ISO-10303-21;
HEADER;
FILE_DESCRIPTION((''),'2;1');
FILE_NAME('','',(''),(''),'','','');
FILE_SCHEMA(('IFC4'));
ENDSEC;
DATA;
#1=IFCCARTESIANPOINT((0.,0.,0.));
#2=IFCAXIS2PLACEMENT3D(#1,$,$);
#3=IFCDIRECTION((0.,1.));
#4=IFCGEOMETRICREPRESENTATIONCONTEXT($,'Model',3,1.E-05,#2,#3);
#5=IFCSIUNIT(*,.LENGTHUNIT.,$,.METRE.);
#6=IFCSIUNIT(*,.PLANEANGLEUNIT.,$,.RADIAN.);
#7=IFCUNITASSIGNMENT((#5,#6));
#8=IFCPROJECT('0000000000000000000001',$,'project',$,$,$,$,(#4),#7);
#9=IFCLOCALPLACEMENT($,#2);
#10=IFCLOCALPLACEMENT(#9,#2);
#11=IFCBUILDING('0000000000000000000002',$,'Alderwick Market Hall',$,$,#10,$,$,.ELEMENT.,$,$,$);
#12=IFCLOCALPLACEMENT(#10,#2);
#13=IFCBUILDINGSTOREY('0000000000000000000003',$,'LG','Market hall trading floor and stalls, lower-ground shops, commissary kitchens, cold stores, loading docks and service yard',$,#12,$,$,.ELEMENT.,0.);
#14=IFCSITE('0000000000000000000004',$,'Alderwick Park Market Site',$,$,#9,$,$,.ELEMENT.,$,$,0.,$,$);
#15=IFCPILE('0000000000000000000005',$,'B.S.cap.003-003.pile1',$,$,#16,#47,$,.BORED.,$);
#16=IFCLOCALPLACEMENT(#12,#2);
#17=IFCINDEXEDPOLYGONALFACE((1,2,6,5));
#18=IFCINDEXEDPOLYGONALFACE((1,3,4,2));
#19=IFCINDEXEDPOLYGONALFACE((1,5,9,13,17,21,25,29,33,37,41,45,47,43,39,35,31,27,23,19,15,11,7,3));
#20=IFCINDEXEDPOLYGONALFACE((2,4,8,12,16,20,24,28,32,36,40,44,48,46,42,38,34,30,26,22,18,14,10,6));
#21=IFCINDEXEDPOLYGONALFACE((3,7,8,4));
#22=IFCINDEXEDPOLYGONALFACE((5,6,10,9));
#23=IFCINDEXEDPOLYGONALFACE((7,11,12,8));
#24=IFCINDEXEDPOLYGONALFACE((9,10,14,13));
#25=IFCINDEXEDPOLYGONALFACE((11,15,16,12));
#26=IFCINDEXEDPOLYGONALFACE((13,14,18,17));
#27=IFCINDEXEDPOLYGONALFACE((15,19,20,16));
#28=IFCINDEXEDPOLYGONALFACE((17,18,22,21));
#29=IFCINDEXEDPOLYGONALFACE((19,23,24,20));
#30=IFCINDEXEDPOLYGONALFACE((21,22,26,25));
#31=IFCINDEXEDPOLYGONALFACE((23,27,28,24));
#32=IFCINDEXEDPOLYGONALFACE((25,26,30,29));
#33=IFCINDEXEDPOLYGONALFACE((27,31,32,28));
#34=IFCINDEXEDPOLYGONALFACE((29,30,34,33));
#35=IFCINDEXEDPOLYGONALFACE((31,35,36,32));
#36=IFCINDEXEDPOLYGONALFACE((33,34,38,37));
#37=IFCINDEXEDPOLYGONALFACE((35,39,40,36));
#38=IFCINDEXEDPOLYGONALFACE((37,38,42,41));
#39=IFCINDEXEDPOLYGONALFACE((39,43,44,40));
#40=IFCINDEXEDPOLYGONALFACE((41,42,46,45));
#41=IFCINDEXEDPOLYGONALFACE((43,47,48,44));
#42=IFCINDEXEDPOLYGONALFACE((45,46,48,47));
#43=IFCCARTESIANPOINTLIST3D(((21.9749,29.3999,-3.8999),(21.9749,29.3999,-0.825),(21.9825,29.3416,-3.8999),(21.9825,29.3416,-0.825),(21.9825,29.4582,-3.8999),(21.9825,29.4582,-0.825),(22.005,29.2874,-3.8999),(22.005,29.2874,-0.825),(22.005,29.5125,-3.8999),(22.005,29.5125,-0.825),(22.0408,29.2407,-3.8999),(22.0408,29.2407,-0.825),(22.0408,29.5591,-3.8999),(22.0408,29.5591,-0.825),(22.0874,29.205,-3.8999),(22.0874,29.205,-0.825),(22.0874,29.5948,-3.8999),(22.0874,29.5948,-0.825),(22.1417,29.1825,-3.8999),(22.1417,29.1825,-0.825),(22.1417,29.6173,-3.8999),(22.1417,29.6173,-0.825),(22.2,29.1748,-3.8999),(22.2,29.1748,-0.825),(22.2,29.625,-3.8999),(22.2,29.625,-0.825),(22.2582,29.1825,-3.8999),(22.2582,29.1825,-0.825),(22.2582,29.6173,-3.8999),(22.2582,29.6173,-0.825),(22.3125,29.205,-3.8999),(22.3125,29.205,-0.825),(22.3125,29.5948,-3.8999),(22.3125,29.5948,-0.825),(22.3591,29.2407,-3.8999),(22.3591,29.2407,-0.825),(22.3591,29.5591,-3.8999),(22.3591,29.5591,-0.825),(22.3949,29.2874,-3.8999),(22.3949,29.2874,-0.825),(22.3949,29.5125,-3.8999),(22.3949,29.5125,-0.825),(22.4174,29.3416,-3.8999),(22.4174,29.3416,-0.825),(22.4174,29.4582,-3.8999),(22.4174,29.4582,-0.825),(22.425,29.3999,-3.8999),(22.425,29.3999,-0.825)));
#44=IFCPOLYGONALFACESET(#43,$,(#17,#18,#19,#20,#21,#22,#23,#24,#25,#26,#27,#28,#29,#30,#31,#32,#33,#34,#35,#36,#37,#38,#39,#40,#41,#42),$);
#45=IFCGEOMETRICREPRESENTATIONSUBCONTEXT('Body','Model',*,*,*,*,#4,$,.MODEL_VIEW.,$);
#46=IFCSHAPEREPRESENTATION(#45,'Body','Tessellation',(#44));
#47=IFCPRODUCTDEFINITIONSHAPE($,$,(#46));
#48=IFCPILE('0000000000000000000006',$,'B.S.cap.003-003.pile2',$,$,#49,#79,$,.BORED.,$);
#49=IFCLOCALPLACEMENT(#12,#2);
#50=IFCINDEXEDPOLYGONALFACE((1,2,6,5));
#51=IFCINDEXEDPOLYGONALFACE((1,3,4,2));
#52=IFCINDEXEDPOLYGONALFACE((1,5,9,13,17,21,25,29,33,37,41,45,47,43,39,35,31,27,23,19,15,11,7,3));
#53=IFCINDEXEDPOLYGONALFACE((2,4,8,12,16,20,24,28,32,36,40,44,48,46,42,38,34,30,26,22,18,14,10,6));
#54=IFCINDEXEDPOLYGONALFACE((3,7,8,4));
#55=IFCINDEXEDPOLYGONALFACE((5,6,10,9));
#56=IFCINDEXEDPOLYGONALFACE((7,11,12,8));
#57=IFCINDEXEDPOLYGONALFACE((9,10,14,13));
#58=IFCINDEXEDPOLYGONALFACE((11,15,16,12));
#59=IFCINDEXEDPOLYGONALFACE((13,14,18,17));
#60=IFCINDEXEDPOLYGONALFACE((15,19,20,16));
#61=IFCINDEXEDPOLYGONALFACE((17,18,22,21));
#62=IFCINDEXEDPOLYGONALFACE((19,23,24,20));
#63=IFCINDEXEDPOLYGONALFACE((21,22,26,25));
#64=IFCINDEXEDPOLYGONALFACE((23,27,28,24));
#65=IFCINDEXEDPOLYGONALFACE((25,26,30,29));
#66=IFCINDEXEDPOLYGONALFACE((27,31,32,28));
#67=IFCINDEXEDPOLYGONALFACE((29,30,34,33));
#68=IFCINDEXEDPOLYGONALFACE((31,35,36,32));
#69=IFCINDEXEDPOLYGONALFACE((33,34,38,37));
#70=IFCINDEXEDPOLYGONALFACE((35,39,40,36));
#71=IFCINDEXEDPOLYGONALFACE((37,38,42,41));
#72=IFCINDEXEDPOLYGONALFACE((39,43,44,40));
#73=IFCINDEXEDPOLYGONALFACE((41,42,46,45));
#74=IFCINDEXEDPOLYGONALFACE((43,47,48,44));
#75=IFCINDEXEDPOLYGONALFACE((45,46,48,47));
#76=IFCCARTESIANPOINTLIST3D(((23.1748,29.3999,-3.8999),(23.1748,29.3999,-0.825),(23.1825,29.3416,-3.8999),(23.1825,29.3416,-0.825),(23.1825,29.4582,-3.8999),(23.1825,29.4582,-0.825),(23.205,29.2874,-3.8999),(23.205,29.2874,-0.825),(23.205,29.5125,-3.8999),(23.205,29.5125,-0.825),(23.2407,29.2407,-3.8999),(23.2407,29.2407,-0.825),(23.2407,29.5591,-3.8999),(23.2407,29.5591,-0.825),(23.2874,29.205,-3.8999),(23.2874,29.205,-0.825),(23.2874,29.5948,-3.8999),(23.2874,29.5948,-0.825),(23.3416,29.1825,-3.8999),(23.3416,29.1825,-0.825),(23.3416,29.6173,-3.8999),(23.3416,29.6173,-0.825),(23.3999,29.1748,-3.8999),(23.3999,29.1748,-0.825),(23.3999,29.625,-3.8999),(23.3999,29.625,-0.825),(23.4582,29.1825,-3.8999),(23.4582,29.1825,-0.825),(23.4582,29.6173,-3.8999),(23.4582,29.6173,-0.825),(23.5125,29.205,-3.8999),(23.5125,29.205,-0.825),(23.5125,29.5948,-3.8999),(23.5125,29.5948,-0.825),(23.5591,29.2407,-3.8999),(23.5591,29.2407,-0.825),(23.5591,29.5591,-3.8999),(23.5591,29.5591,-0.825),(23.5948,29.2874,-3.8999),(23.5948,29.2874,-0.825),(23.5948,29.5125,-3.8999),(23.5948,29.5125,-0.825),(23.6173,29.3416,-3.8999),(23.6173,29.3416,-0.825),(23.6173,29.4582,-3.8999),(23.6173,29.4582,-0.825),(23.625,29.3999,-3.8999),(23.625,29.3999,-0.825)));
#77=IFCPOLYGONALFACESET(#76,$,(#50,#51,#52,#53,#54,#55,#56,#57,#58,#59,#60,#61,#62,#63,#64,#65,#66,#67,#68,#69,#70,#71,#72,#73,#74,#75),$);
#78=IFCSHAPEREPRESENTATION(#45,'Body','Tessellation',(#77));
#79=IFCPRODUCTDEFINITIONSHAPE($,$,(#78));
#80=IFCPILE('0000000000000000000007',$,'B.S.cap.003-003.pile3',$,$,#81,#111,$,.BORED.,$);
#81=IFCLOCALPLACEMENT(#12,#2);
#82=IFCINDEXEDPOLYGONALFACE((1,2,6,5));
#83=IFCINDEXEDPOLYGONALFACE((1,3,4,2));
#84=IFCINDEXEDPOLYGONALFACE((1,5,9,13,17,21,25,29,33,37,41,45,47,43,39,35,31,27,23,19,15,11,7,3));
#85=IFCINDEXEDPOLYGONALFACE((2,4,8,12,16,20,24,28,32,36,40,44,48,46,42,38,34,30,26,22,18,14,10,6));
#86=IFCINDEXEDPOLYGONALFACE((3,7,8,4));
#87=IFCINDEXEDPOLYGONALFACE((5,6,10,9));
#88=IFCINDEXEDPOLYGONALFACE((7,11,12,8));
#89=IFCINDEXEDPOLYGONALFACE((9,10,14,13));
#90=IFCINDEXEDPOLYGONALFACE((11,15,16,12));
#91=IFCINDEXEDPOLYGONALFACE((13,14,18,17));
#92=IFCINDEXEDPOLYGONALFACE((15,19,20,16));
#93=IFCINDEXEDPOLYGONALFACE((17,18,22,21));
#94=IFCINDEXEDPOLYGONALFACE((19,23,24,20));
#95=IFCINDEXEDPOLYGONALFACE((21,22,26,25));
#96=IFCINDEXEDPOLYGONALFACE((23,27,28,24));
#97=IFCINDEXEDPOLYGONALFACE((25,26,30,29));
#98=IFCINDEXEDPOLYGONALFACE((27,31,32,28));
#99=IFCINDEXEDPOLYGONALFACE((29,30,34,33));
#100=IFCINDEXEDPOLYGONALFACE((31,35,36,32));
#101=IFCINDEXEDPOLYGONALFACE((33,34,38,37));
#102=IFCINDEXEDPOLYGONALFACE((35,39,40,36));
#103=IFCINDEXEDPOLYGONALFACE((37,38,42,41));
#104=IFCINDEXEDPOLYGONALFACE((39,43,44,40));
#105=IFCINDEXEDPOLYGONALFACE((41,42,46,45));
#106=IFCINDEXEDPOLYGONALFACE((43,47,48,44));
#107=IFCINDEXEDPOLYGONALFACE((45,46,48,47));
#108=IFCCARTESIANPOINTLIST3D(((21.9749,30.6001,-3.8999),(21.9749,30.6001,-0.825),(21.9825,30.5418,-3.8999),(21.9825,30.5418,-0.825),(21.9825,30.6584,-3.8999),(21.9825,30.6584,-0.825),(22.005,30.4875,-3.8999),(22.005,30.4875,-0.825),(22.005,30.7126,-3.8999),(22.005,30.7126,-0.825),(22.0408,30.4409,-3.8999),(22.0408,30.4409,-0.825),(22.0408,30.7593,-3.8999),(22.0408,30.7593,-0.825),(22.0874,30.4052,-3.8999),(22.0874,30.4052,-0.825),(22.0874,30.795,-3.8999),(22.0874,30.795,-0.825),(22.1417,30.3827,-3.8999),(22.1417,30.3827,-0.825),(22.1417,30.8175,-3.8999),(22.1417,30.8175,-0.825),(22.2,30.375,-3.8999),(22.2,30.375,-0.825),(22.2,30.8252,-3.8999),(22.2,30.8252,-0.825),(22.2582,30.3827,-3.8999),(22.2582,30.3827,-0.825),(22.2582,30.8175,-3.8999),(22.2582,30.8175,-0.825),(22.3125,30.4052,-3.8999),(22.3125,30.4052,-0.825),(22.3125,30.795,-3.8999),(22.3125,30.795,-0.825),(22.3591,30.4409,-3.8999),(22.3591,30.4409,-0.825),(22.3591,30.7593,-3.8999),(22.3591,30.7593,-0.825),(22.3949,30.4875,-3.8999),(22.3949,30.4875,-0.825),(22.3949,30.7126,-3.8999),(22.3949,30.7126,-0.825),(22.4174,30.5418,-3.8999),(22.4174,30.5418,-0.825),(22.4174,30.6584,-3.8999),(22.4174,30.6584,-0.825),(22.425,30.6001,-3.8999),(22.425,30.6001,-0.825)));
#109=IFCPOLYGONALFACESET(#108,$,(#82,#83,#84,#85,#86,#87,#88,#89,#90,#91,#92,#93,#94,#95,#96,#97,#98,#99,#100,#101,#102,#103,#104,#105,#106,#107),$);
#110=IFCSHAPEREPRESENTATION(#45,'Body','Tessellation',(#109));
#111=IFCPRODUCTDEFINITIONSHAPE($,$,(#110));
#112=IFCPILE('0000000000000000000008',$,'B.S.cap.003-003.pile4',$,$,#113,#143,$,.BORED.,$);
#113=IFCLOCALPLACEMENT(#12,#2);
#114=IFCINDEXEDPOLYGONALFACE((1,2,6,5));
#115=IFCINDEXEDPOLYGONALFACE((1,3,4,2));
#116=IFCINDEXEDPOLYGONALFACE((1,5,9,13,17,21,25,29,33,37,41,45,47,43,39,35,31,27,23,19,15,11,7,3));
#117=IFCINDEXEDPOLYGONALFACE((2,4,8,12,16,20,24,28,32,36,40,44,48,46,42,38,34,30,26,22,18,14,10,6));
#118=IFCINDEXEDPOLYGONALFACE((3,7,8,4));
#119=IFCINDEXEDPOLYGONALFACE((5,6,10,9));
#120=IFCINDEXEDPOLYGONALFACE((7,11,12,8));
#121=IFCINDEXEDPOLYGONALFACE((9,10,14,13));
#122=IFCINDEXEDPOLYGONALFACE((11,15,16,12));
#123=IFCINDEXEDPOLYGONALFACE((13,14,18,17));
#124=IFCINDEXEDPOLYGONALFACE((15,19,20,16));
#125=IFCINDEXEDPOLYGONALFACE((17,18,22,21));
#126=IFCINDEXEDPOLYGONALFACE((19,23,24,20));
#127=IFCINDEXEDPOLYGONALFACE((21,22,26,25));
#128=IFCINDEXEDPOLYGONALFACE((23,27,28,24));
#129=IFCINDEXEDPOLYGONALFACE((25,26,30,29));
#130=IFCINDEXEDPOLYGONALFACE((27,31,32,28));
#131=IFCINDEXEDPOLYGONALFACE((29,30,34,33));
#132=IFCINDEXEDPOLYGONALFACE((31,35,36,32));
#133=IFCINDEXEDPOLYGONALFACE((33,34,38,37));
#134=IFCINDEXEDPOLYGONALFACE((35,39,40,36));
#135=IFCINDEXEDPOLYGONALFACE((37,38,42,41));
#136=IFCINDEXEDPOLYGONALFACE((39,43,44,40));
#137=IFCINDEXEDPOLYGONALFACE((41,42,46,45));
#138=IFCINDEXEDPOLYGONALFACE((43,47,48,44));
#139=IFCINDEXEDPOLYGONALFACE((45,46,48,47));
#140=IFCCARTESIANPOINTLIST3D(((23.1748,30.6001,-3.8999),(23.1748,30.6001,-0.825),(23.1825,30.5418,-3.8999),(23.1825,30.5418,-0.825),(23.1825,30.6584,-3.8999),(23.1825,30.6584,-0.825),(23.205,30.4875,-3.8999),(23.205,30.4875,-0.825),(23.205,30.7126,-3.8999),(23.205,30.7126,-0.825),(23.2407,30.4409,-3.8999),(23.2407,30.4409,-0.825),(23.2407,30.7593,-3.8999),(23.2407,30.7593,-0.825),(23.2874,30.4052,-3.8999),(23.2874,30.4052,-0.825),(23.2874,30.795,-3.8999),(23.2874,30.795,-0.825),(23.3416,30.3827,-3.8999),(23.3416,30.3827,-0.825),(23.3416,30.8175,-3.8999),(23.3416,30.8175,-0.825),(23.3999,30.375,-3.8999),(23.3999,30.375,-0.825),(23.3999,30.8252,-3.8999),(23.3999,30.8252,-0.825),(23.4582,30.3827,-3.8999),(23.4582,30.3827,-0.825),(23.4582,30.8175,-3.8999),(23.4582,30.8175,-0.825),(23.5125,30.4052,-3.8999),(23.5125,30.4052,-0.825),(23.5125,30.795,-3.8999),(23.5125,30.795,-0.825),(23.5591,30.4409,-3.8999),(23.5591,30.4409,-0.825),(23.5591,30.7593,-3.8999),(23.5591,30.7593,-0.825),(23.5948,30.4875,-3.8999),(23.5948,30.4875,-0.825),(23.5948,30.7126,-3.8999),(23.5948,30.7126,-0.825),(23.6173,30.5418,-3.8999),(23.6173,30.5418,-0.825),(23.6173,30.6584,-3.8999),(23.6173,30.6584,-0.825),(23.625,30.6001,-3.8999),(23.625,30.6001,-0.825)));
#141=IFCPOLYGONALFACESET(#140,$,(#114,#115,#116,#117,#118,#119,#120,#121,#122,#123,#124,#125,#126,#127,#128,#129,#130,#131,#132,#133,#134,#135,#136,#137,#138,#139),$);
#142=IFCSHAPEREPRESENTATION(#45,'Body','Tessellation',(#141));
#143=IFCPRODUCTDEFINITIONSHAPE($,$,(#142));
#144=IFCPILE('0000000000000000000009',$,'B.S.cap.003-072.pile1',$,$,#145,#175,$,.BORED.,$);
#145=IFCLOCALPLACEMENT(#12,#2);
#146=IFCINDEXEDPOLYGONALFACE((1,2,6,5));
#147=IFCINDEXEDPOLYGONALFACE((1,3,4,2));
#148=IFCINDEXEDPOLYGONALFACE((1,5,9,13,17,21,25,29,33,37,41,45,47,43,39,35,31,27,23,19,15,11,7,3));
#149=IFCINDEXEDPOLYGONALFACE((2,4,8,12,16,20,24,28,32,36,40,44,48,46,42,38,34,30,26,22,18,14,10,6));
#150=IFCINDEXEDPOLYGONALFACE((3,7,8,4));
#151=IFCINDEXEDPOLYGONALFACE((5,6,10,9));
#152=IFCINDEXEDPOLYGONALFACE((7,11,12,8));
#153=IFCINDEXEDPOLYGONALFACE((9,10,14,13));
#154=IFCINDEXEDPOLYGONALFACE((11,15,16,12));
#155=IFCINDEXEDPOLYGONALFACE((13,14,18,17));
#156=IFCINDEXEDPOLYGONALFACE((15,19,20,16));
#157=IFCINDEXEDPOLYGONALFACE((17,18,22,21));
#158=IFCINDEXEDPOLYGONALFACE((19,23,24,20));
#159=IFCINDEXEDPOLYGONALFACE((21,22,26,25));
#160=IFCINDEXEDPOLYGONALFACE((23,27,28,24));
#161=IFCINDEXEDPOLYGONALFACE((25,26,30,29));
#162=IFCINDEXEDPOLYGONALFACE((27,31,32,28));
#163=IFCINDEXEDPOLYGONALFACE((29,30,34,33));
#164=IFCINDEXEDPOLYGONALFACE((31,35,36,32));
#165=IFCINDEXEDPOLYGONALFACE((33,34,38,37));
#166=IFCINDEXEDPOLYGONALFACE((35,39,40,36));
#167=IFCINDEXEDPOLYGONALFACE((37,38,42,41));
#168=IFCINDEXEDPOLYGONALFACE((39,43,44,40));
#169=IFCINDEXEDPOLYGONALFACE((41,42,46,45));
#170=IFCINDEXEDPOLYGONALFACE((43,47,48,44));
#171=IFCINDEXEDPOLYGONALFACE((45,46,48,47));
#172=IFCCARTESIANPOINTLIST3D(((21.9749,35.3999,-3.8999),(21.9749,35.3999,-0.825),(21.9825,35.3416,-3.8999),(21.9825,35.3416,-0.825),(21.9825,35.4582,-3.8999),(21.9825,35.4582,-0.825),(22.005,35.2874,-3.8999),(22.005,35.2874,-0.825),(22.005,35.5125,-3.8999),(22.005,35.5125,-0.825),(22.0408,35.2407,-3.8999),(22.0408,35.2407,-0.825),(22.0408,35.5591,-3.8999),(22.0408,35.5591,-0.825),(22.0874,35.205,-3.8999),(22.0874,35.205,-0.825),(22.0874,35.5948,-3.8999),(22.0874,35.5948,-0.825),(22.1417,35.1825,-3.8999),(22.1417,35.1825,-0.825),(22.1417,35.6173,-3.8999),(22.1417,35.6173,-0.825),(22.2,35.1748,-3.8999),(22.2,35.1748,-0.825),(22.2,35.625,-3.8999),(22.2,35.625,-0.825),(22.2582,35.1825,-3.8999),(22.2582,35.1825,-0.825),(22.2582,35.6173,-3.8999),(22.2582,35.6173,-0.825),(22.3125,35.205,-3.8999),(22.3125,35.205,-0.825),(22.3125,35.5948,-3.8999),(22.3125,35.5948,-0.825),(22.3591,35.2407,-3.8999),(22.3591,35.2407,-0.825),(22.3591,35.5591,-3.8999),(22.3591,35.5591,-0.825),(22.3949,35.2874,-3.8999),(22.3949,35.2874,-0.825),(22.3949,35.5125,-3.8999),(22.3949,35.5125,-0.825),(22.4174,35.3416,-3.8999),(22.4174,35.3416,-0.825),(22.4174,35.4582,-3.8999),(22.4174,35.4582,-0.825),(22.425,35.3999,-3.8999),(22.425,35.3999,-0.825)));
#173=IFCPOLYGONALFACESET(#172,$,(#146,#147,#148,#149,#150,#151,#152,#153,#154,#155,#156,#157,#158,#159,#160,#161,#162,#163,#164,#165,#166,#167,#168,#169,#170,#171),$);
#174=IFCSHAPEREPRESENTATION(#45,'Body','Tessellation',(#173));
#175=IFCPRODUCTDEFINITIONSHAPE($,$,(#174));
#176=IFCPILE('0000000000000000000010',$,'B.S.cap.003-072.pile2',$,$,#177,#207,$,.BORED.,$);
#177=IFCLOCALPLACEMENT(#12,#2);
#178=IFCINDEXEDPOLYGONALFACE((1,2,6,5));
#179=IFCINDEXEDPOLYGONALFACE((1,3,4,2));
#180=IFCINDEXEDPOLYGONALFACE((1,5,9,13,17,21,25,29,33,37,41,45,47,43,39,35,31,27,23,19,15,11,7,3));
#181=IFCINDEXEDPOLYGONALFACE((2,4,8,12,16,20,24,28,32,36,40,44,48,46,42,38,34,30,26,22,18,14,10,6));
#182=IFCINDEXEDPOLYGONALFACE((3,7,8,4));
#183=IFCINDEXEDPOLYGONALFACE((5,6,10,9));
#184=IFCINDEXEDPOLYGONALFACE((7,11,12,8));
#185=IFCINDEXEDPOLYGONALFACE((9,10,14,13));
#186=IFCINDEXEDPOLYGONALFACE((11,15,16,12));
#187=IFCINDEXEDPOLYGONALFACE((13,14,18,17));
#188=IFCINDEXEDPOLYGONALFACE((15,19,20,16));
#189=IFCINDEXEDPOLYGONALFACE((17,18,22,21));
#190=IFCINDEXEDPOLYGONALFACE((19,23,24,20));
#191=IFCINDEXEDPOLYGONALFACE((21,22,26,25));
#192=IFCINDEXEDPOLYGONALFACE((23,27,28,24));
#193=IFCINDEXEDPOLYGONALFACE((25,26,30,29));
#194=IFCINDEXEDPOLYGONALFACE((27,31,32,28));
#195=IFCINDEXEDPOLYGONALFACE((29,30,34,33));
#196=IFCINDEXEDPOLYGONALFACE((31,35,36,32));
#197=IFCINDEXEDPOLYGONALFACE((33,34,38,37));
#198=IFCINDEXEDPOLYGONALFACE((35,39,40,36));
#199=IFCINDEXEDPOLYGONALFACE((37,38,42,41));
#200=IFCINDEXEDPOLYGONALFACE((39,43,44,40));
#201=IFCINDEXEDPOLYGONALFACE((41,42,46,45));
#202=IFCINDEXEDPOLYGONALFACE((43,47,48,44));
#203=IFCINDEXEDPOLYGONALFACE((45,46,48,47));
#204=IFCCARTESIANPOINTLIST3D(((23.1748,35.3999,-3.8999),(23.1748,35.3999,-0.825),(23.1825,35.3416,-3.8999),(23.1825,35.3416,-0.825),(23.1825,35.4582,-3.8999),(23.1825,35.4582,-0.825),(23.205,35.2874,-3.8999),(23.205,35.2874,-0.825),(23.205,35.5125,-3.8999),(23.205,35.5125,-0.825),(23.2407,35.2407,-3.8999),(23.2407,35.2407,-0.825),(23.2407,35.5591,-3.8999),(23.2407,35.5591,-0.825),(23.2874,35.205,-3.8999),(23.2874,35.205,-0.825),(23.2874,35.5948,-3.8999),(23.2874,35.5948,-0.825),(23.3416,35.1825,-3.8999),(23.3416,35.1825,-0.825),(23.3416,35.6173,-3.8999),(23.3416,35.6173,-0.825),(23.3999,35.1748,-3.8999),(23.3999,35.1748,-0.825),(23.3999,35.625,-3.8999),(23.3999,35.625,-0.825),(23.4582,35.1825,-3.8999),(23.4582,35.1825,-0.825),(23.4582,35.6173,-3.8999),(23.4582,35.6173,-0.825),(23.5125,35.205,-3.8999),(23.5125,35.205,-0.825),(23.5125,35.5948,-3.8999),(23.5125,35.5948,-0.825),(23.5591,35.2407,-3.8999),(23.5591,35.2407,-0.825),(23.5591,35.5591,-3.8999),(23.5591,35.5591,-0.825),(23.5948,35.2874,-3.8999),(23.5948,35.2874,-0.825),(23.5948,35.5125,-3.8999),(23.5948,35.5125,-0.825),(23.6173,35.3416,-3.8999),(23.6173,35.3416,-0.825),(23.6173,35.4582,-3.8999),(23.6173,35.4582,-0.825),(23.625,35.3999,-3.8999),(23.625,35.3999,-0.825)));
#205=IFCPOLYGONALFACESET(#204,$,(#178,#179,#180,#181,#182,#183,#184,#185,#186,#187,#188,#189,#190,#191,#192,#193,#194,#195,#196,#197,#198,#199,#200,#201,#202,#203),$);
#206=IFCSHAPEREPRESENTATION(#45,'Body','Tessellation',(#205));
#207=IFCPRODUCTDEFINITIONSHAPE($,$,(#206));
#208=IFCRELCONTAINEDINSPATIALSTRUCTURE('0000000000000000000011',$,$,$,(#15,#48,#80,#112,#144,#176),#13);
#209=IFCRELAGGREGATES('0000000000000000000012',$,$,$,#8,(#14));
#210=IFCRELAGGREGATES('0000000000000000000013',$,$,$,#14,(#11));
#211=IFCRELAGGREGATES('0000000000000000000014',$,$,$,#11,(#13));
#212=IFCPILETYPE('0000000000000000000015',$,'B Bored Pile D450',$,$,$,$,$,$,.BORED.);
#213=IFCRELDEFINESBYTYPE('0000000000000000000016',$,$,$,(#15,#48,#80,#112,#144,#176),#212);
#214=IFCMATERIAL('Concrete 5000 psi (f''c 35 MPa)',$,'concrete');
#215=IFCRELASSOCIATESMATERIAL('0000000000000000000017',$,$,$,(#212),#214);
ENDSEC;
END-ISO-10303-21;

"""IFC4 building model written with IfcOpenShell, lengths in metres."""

from ifc_helpers import new_model, si_unit, direction, frame, origin, origin_2d, place, context, subcontext, project, spatial, circle, extrude, material, material_profile, profile_set, type_object, element, save


model = new_model("IFC4")

# Units and contexts
model_context = context("Model", 3, precision=1e-05, world=origin(), true_north=direction((0.0, 1.0)))
body_context = subcontext(model_context, "Body", "Model", "MODEL_VIEW")
ifc_project = project(units=[si_unit("LENGTHUNIT", "METRE"), si_unit("PLANEANGLEUNIT", "RADIAN")], contexts=[model_context])

# Site, building, storey
site_placement = place(None, origin())
site = spatial("IfcSite", under=ifc_project, at=site_placement, Name="Alderwick Park Market Site", CompositionType="ELEMENT", RefElevation=0.0)
building_placement = place(site_placement, origin())
building = spatial("IfcBuilding", under=site, at=building_placement, Name="Alderwick Market Hall", CompositionType="ELEMENT")
storey_placement = place(building_placement, origin())
storey = spatial("IfcBuildingStorey", under=building, at=storey_placement, Name="LG", Description="Market hall trading floor and stalls, lower-ground shops, commissary kitchens, cold stores, loading docks and service yard", CompositionType="ELEMENT", Elevation=0.0)

# Piles
ifc_material_1 = material(Name="Concrete 5000 psi (f'c 35 MPa)", Category="concrete")
ifc_material_profile_1 = material_profile(ifc_material_1, circle(Radius=0.2251, at=origin_2d()), Name="B Bored Pile D450")
ifc_profile_set_1 = profile_set([ifc_material_profile_1], Name="Concrete 5000 psi (f'c 35 MPa)")
pile_type = type_object("IfcPileType", Name="B Bored Pile D450", PredefinedType="BORED", material=ifc_profile_set_1)
for number, where, z_axis, x_axis, name in (
    (1, (22.2, 29.3999, -0.825), (0.0, 0.0, -1.0), (1.0, 0.0, 0.0), "B.S.cap.003-003.pile1"),
    (2, (23.3999, 29.3999, -0.825), (0.0, 0.0, -1.0), (1.0, 0.0, 0.0), "B.S.cap.003-003.pile2"),
    (3, (22.2, 30.6001, -0.825), (0.0, 0.0, -1.0), (1.0, 0.0, 0.0), "B.S.cap.003-003.pile3"),
    (4, (23.3999, 30.6001, -0.825), (0.0, 0.0, -1.0), (1.0, 0.0, 0.0), "B.S.cap.003-003.pile4"),
    (5, (22.2, 35.3999, -0.825), (0.0, 0.0, -1.0), (1.0, 0.0, 0.0), "B.S.cap.003-072.pile1"),
    (6, (23.3999, 35.3999, -0.825), (0.0, 0.0, -1.0), (1.0, 0.0, 0.0), "B.S.cap.003-072.pile2"),
):
    element("IfcPile", number, at=place(storey_placement, frame(where, z_axis=z_axis, x_axis=x_axis)), inside=storey, type_object=pile_type, Name=name, PredefinedType="BORED", context=body_context, shape_type="SweptSolid", body=[
        extrude(circle(Radius=0.2251, at=origin_2d()), origin(), (0.0, 0.0, 1.0), 3.075),
    ])

save(model, "model.ifc")
